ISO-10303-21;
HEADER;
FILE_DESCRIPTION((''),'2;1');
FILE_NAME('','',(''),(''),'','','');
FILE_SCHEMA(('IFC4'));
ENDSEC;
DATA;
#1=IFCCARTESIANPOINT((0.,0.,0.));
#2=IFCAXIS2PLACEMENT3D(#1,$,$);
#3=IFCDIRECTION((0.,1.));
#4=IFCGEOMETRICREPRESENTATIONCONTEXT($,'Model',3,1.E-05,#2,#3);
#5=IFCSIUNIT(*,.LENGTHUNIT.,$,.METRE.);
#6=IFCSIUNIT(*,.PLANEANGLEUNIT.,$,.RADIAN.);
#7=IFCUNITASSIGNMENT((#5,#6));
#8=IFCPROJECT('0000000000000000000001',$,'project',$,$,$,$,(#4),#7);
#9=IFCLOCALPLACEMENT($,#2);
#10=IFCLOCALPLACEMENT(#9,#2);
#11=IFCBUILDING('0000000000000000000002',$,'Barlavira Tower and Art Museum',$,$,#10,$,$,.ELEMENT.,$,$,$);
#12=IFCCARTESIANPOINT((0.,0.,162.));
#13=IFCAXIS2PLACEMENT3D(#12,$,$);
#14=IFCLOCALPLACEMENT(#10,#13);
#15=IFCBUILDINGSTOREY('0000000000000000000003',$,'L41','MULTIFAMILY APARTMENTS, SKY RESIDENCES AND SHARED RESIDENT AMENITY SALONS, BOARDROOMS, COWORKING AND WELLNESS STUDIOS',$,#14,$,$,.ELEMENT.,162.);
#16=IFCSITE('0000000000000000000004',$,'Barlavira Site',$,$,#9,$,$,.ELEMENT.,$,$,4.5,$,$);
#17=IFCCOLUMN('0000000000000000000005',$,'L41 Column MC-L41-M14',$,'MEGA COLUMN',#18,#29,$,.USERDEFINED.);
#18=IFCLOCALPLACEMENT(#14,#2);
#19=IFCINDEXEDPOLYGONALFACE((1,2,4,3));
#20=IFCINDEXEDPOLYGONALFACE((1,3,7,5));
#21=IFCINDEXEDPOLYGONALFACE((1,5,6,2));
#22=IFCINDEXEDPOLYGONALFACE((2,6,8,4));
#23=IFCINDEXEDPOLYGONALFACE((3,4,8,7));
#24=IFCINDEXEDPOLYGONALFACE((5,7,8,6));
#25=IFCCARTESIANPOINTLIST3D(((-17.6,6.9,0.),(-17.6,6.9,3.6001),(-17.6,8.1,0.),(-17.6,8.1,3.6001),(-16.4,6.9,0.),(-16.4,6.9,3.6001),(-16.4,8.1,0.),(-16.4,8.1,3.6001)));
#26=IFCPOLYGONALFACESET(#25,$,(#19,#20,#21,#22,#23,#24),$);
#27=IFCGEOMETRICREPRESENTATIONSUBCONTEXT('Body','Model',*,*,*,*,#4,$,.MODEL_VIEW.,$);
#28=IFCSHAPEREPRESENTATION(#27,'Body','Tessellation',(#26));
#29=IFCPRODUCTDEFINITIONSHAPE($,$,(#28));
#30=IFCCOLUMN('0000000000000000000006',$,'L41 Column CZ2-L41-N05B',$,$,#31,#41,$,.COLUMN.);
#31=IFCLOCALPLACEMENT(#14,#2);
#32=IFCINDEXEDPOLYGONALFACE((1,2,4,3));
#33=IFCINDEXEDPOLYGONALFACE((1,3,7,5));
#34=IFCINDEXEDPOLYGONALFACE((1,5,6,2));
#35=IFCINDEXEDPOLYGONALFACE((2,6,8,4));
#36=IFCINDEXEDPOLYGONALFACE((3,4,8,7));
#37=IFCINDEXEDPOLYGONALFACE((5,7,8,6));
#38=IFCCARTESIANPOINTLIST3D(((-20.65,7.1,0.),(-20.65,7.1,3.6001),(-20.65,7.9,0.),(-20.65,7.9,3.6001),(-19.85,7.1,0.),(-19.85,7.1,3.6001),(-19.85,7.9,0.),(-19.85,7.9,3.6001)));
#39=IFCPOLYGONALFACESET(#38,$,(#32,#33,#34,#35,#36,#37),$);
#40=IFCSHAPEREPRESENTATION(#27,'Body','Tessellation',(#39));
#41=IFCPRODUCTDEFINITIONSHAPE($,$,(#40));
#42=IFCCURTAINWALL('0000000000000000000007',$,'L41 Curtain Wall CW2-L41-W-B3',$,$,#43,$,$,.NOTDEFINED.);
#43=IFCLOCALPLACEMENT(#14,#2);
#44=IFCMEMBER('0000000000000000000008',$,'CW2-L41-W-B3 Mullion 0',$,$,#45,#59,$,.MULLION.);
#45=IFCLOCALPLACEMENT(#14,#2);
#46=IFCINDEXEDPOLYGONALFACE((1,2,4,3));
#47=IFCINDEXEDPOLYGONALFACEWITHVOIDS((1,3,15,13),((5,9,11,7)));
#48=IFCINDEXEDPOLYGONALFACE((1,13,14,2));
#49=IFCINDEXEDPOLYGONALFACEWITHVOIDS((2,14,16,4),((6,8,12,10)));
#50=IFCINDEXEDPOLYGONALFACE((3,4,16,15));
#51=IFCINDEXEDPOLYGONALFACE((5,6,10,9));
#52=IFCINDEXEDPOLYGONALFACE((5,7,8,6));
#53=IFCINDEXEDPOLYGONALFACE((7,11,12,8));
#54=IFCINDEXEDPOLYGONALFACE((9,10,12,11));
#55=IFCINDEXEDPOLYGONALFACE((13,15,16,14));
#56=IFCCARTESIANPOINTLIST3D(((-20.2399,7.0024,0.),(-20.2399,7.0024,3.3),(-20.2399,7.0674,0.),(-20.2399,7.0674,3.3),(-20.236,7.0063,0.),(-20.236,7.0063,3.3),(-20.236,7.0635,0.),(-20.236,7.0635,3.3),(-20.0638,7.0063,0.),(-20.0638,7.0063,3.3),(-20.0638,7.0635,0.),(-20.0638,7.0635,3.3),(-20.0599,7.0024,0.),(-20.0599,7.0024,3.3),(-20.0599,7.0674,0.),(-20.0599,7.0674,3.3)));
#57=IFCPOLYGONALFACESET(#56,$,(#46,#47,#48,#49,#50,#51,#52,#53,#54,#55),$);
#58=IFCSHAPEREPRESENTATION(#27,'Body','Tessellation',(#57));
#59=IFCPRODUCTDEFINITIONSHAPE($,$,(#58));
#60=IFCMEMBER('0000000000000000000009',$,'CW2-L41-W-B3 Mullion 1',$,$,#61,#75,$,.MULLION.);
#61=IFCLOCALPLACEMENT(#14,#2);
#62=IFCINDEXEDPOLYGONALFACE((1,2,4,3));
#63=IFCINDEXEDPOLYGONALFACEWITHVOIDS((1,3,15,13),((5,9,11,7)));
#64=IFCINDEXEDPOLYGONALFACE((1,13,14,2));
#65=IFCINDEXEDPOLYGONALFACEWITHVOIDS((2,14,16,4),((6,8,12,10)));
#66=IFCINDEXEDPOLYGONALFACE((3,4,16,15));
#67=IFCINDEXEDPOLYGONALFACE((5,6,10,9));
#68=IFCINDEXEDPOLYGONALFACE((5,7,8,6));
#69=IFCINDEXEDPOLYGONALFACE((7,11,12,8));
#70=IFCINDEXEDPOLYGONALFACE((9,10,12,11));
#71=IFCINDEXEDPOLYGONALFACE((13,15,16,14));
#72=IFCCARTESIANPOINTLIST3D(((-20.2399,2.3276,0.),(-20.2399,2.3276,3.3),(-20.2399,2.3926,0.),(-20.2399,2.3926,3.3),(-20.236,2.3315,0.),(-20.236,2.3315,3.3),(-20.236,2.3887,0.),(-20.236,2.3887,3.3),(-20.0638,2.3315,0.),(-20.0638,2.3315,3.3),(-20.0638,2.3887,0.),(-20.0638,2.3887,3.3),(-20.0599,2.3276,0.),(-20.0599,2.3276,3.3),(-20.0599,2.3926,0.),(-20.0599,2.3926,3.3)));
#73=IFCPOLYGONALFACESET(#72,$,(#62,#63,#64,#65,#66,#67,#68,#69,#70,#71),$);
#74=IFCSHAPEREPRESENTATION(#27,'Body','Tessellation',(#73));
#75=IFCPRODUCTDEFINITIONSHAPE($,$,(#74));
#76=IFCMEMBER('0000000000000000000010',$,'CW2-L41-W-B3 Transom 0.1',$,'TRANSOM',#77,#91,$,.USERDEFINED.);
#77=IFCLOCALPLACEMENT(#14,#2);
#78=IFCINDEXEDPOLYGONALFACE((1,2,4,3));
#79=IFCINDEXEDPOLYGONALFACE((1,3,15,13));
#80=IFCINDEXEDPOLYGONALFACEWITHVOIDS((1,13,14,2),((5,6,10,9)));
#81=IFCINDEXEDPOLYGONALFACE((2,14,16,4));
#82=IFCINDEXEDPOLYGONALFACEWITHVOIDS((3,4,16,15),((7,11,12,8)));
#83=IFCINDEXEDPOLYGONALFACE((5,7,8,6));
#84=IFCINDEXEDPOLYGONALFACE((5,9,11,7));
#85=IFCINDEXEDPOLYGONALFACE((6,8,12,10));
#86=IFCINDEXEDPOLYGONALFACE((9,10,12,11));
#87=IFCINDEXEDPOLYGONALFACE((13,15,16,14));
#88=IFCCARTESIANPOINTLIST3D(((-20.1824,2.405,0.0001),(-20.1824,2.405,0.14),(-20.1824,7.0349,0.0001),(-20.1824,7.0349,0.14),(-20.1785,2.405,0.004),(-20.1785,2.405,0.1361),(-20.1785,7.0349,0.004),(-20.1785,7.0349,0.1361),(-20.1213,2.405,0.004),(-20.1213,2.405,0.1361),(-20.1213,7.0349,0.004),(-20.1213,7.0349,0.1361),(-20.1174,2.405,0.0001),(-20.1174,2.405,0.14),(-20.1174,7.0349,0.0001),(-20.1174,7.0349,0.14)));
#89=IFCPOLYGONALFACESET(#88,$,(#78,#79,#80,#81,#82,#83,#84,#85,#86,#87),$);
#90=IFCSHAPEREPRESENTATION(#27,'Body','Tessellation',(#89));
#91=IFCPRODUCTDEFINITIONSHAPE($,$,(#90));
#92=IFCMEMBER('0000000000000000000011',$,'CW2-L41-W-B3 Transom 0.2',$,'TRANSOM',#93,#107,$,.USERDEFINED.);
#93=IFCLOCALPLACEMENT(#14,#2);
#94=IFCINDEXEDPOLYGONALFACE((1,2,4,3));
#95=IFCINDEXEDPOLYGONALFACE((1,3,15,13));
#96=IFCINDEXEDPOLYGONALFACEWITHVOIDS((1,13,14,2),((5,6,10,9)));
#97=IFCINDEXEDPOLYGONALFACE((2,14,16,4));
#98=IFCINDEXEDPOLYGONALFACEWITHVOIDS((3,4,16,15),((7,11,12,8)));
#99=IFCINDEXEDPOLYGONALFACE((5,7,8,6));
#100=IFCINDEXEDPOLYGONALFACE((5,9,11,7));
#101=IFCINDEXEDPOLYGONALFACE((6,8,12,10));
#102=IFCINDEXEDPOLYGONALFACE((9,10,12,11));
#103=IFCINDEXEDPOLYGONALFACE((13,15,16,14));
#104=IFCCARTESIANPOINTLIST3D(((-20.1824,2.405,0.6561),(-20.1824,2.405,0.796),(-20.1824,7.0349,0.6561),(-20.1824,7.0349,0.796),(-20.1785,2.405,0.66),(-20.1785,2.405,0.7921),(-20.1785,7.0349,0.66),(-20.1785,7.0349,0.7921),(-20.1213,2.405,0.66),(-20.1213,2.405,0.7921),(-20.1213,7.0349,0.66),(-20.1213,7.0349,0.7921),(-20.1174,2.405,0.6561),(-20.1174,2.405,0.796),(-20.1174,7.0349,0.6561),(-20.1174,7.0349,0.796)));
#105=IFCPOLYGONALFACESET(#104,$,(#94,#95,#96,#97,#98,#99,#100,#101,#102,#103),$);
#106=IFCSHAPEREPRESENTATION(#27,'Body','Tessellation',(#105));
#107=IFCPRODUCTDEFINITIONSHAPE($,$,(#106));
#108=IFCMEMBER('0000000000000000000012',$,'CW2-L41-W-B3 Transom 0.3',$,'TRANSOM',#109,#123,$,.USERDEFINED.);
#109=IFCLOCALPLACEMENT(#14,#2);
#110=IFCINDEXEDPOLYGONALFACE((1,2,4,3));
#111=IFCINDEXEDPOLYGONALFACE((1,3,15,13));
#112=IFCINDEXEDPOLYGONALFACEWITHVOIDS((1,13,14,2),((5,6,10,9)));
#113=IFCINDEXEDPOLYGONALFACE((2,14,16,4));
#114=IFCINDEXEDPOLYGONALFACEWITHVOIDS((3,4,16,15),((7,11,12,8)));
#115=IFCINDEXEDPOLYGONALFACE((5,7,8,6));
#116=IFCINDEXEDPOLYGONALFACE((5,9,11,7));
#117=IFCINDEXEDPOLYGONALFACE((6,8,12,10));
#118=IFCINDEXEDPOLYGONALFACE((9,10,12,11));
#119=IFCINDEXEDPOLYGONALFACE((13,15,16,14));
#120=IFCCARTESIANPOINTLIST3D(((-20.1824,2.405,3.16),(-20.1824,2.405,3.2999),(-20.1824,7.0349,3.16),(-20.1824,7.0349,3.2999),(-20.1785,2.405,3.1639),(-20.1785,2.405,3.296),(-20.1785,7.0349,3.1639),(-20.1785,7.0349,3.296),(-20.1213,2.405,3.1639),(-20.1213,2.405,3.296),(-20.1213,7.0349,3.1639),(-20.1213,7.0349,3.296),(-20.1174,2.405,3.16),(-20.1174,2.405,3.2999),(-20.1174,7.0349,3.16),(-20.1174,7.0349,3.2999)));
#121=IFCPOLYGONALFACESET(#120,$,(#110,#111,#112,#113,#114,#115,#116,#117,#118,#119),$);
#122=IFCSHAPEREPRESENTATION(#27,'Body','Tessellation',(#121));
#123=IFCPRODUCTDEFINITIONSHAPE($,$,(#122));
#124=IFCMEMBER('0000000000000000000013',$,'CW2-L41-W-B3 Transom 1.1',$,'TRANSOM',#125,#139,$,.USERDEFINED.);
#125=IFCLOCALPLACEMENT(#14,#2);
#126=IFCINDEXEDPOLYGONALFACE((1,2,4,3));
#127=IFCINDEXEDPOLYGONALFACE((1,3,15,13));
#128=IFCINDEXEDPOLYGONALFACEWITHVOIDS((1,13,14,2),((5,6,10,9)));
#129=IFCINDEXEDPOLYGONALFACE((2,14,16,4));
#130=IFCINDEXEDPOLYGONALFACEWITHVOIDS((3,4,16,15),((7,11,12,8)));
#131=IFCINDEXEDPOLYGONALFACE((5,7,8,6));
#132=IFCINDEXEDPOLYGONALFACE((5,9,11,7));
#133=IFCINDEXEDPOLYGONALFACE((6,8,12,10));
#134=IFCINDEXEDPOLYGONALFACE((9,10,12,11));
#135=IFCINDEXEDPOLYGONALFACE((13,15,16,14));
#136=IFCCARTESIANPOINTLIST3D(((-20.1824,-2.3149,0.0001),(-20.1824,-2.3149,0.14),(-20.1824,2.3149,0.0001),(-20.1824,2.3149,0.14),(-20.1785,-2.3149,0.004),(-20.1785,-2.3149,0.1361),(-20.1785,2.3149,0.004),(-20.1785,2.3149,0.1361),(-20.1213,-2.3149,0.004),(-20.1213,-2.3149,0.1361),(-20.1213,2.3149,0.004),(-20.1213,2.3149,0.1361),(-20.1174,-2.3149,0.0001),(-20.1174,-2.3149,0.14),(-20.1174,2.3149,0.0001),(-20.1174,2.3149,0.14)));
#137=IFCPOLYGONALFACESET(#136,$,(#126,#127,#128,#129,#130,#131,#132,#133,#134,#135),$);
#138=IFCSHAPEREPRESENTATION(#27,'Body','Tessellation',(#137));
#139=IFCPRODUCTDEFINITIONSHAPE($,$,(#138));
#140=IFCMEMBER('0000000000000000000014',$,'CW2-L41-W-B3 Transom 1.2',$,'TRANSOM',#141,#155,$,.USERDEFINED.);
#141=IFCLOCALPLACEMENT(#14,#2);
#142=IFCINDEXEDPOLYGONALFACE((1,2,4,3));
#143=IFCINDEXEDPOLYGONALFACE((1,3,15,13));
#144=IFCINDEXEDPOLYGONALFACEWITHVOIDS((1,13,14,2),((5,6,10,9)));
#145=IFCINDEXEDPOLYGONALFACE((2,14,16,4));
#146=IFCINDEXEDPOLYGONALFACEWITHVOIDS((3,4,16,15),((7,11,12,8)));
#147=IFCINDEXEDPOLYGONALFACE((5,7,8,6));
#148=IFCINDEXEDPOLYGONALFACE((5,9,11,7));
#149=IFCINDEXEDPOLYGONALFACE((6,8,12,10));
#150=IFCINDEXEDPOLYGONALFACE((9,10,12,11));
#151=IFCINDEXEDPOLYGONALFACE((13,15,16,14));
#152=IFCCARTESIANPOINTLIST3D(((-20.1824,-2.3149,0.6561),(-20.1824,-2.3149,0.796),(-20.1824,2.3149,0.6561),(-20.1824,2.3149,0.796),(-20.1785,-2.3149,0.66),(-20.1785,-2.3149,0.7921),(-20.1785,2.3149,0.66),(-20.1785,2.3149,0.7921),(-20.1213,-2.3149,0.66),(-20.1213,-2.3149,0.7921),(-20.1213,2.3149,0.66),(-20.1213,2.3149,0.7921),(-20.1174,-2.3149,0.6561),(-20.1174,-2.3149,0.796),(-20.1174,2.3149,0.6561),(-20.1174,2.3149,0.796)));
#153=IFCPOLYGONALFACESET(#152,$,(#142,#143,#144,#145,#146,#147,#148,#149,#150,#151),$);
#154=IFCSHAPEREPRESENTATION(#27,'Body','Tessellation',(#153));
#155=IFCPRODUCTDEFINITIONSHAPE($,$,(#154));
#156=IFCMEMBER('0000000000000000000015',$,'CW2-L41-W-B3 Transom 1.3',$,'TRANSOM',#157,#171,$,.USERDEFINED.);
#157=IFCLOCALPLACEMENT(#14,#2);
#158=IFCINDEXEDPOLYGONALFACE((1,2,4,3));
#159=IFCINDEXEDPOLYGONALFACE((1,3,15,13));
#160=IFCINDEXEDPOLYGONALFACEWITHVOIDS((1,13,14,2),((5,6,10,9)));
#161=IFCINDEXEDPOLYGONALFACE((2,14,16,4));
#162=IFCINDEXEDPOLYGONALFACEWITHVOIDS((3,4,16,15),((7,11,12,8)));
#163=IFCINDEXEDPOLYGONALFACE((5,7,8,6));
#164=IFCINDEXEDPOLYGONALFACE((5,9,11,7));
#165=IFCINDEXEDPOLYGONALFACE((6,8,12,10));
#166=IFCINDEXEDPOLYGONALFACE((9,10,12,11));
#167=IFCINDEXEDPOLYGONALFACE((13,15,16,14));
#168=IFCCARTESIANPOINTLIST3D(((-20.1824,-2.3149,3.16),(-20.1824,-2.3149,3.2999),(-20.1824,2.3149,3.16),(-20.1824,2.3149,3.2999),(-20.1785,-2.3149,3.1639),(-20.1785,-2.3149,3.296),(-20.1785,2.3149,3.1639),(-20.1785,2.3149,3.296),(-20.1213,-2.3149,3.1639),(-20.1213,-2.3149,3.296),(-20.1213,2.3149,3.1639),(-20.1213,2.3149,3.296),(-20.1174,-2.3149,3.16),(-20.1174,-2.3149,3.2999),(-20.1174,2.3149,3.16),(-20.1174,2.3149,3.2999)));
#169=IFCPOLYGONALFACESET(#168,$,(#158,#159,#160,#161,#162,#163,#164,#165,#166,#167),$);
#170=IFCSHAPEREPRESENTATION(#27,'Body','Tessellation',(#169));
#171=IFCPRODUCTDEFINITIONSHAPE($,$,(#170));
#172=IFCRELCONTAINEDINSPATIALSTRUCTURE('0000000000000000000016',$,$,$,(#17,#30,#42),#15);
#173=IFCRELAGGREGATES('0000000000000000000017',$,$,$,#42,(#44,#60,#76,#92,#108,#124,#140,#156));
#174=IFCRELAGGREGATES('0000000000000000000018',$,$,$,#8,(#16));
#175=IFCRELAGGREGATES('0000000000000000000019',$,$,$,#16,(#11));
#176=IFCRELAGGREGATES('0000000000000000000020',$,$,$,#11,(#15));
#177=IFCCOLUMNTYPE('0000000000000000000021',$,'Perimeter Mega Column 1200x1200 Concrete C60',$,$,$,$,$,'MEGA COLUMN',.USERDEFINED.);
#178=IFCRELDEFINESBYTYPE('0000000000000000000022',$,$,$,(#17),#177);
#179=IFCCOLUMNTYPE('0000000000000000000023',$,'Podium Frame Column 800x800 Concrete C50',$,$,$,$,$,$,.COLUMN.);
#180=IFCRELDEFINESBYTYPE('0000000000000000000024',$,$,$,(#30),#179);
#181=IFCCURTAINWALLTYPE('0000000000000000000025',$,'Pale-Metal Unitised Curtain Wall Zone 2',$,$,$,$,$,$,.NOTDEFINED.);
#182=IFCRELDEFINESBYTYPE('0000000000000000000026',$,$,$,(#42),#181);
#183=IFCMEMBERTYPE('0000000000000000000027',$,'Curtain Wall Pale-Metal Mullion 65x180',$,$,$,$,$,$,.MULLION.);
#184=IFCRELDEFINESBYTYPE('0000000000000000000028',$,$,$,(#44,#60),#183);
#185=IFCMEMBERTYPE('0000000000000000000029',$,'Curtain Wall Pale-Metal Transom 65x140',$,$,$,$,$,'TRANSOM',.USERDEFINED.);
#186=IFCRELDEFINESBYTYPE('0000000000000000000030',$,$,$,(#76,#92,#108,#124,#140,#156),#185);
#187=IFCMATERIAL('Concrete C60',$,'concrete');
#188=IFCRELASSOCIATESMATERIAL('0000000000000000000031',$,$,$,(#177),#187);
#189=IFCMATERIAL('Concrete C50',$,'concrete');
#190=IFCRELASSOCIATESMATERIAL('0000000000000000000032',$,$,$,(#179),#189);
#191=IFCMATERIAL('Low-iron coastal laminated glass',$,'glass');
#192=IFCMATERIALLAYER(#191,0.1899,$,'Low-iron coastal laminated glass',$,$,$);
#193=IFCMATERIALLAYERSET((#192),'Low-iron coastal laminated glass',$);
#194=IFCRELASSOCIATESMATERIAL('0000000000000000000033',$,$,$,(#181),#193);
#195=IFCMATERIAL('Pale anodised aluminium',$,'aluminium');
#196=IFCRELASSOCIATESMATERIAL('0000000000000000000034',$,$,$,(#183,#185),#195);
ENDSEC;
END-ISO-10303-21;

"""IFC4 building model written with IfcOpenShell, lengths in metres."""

from ifc_helpers import new_model, si_unit, direction, frame, origin, origin_2d, place, context, subcontext, project, spatial, rectangle, hollow_rectangle, extrude, material, layer, layer_set, material_profile, profile_set, type_object, element, aggregate, save


model = new_model("IFC4")

# Units and contexts
model_context = context("Model", 3, precision=1e-05, world=origin(), true_north=direction((0.0, 1.0)))
body_context = subcontext(model_context, "Body", "Model", "MODEL_VIEW")
ifc_project = project(units=[si_unit("LENGTHUNIT", "METRE"), si_unit("PLANEANGLEUNIT", "RADIAN")], contexts=[model_context])

# Site, building, storey
site_placement = place(None, origin())
site = spatial("IfcSite", under=ifc_project, at=site_placement, Name="Barlavira Site", CompositionType="ELEMENT", RefElevation=4.5)
building_placement = place(site_placement, origin())
building = spatial("IfcBuilding", under=site, at=building_placement, Name="Barlavira Tower and Art Museum", CompositionType="ELEMENT")
storey_placement = place(building_placement, frame((0.0, 0.0, 162.0)))
storey = spatial("IfcBuildingStorey", under=building, at=storey_placement, Name="L41", Description="MULTIFAMILY APARTMENTS, SKY RESIDENCES AND SHARED RESIDENT AMENITY SALONS, BOARDROOMS, COWORKING AND WELLNESS STUDIOS", CompositionType="ELEMENT", Elevation=162.0)

# Columns
ifc_material_1 = material(Name="Concrete C60", Category="concrete")
ifc_material_profile_1 = material_profile(ifc_material_1, rectangle(XDim=1.2, YDim=1.2, at=origin_2d()), Name="RC-COL 1200x1200")
ifc_profile_set_1 = profile_set([ifc_material_profile_1], Name="Concrete C60")
column_type_1 = type_object("IfcColumnType", Name="Perimeter Mega Column 1200x1200 Concrete C60", ElementType="MEGA COLUMN", PredefinedType="USERDEFINED", material=ifc_profile_set_1)
column_1_placement = place(storey_placement, frame((-17.0, 7.5, 0.0), z_axis=(0.0, 0.0, 1.0), x_axis=(1.0, 0.0, 0.0)))
element("IfcColumn", 1, at=column_1_placement, inside=storey, type_object=column_type_1, Name="L41 Column MC-L41-M14", ObjectType="MEGA COLUMN", PredefinedType="USERDEFINED", context=body_context, shape_type="SweptSolid", body=[
    extrude(rectangle(XDim=1.2, YDim=1.2, at=origin_2d()), origin(), (0.0, 0.0, 1.0), 3.6001),
])
ifc_material_2 = material(Name="Concrete C50", Category="concrete")
ifc_material_profile_2 = material_profile(ifc_material_2, rectangle(XDim=0.8, YDim=0.8, at=origin_2d()), Name="RC-COL 800x800")
ifc_profile_set_2 = profile_set([ifc_material_profile_2], Name="Concrete C50")
column_type_2 = type_object("IfcColumnType", Name="Podium Frame Column 800x800 Concrete C50", PredefinedType="COLUMN", material=ifc_profile_set_2)
column_2_placement = place(storey_placement, frame((-20.25, 7.5, 0.0), z_axis=(0.0, 0.0, 1.0), x_axis=(1.0, 0.0, 0.0)))
element("IfcColumn", 2, at=column_2_placement, inside=storey, type_object=column_type_2, Name="L41 Column CZ2-L41-N05B", PredefinedType="COLUMN", context=body_context, shape_type="SweptSolid", body=[
    extrude(rectangle(XDim=0.8, YDim=0.8, at=origin_2d()), origin(), (0.0, 0.0, 1.0), 3.6001),
])

# Curtain wall, members
ifc_material_3 = material(Name="Low-iron coastal laminated glass", Category="glass")
ifc_layer_1 = layer(ifc_material_3, 0.1899, Name="Low-iron coastal laminated glass")
ifc_layer_set_1 = layer_set([ifc_layer_1], Name="Low-iron coastal laminated glass")
curtain_wall_type = type_object("IfcCurtainWallType", Name="Pale-Metal Unitised Curtain Wall Zone 2", PredefinedType="NOTDEFINED", material=ifc_layer_set_1)
curtain_wall_placement = place(storey_placement, origin())
curtain_wall = element("IfcCurtainWall", 3, at=curtain_wall_placement, inside=storey, type_object=curtain_wall_type, Name="L41 Curtain Wall CW2-L41-W-B3", PredefinedType="NOTDEFINED")
ifc_material_4 = material(Name="Pale anodised aluminium", Category="aluminium")
ifc_material_profile_3 = material_profile(ifc_material_4, hollow_rectangle(XDim=0.0649, YDim=0.1799, WallThickness=0.0039, at=origin_2d()), Name="ALU-MULL 65x180x4")
ifc_profile_set_3 = profile_set([ifc_material_profile_3], Name="Pale anodised aluminium")
member_type_1 = type_object("IfcMemberType", Name="Curtain Wall Pale-Metal Mullion 65x180", PredefinedType="MULLION", material=ifc_profile_set_3)
member_1_placement = place(storey_placement, frame((-20.1499, 7.0349, 0.0), z_axis=(0.0, 0.0, 1.0), x_axis=(0.0, -1.0, 0.0)))
member_1 = element("IfcMember", 4, at=member_1_placement, type_object=member_type_1, Name="CW2-L41-W-B3 Mullion 0", PredefinedType="MULLION", context=body_context, shape_type="SweptSolid", body=[
    extrude(hollow_rectangle(XDim=0.0649, YDim=0.1799, WallThickness=0.0039, at=origin_2d()), origin(), (0.0, 0.0, 1.0), 3.3),
])
member_2_placement = place(storey_placement, frame((-20.1499, 2.3601, 0.0), z_axis=(0.0, 0.0, 1.0), x_axis=(0.0, -1.0, 0.0)))
member_2 = element("IfcMember", 5, at=member_2_placement, type_object=member_type_1, Name="CW2-L41-W-B3 Mullion 1", PredefinedType="MULLION", context=body_context, shape_type="SweptSolid", body=[
    extrude(hollow_rectangle(XDim=0.0649, YDim=0.1799, WallThickness=0.0039, at=origin_2d()), origin(), (0.0, 0.0, 1.0), 3.3),
])
ifc_material_profile_4 = material_profile(ifc_material_4, hollow_rectangle(XDim=0.0649, YDim=0.1399, WallThickness=0.0039, at=origin_2d()), Name="ALU-TRAN 65x140x4")
ifc_profile_set_4 = profile_set([ifc_material_profile_4], Name="Pale anodised aluminium")
member_type_2 = type_object("IfcMemberType", Name="Curtain Wall Pale-Metal Transom 65x140", ElementType="TRANSOM", PredefinedType="USERDEFINED", material=ifc_profile_set_4)
member_3_placement = place(storey_placement, frame((-20.1499, 7.0349, 0.0701), z_axis=(0.0, -1.0, 0.0), x_axis=(1.0, 0.0, 0.0)))
member_3 = element("IfcMember", 6, at=member_3_placement, type_object=member_type_2, Name="CW2-L41-W-B3 Transom 0.1", ObjectType="TRANSOM", PredefinedType="USERDEFINED", context=body_context, shape_type="SweptSolid", body=[
    extrude(hollow_rectangle(XDim=0.0649, YDim=0.1399, WallThickness=0.0039, at=origin_2d()), origin(), (0.0, 0.0, 1.0), 4.6299),
])
member_4_placement = place(storey_placement, frame((-20.1499, 7.0349, 0.7261), z_axis=(0.0, -1.0, 0.0), x_axis=(1.0, 0.0, 0.0)))
member_4 = element("IfcMember", 7, at=member_4_placement, type_object=member_type_2, Name="CW2-L41-W-B3 Transom 0.2", ObjectType="TRANSOM", PredefinedType="USERDEFINED", context=body_context, shape_type="SweptSolid", body=[
    extrude(hollow_rectangle(XDim=0.0649, YDim=0.1399, WallThickness=0.0039, at=origin_2d()), origin(), (0.0, 0.0, 1.0), 4.6299),
])
member_5_placement = place(storey_placement, frame((-20.1499, 7.0349, 3.23), z_axis=(0.0, -1.0, 0.0), x_axis=(1.0, 0.0, 0.0)))
member_5 = element("IfcMember", 8, at=member_5_placement, type_object=member_type_2, Name="CW2-L41-W-B3 Transom 0.3", ObjectType="TRANSOM", PredefinedType="USERDEFINED", context=body_context, shape_type="SweptSolid", body=[
    extrude(hollow_rectangle(XDim=0.0649, YDim=0.1399, WallThickness=0.0039, at=origin_2d()), origin(), (0.0, 0.0, 1.0), 4.6299),
])
member_6_placement = place(storey_placement, frame((-20.1499, 2.3149, 0.0701), z_axis=(0.0, -1.0, 0.0), x_axis=(1.0, 0.0, 0.0)))
member_6 = element("IfcMember", 9, at=member_6_placement, type_object=member_type_2, Name="CW2-L41-W-B3 Transom 1.1", ObjectType="TRANSOM", PredefinedType="USERDEFINED", context=body_context, shape_type="SweptSolid", body=[
    extrude(hollow_rectangle(XDim=0.0649, YDim=0.1399, WallThickness=0.0039, at=origin_2d()), origin(), (0.0, 0.0, 1.0), 4.6299),
])
member_7_placement = place(storey_placement, frame((-20.1499, 2.3149, 0.7261), z_axis=(0.0, -1.0, 0.0), x_axis=(1.0, 0.0, 0.0)))
member_7 = element("IfcMember", 10, at=member_7_placement, type_object=member_type_2, Name="CW2-L41-W-B3 Transom 1.2", ObjectType="TRANSOM", PredefinedType="USERDEFINED", context=body_context, shape_type="SweptSolid", body=[
    extrude(hollow_rectangle(XDim=0.0649, YDim=0.1399, WallThickness=0.0039, at=origin_2d()), origin(), (0.0, 0.0, 1.0), 4.6299),
])
member_8_placement = place(storey_placement, frame((-20.1499, 2.3149, 3.23), z_axis=(0.0, -1.0, 0.0), x_axis=(1.0, 0.0, 0.0)))
member_8 = element("IfcMember", 11, at=member_8_placement, type_object=member_type_2, Name="CW2-L41-W-B3 Transom 1.3", ObjectType="TRANSOM", PredefinedType="USERDEFINED", context=body_context, shape_type="SweptSolid", body=[
    extrude(hollow_rectangle(XDim=0.0649, YDim=0.1399, WallThickness=0.0039, at=origin_2d()), origin(), (0.0, 0.0, 1.0), 4.6299),
])

aggregate(curtain_wall, [member_1, member_2, member_3, member_4, member_5, member_6, member_7, member_8])

save(model, "model.ifc")
